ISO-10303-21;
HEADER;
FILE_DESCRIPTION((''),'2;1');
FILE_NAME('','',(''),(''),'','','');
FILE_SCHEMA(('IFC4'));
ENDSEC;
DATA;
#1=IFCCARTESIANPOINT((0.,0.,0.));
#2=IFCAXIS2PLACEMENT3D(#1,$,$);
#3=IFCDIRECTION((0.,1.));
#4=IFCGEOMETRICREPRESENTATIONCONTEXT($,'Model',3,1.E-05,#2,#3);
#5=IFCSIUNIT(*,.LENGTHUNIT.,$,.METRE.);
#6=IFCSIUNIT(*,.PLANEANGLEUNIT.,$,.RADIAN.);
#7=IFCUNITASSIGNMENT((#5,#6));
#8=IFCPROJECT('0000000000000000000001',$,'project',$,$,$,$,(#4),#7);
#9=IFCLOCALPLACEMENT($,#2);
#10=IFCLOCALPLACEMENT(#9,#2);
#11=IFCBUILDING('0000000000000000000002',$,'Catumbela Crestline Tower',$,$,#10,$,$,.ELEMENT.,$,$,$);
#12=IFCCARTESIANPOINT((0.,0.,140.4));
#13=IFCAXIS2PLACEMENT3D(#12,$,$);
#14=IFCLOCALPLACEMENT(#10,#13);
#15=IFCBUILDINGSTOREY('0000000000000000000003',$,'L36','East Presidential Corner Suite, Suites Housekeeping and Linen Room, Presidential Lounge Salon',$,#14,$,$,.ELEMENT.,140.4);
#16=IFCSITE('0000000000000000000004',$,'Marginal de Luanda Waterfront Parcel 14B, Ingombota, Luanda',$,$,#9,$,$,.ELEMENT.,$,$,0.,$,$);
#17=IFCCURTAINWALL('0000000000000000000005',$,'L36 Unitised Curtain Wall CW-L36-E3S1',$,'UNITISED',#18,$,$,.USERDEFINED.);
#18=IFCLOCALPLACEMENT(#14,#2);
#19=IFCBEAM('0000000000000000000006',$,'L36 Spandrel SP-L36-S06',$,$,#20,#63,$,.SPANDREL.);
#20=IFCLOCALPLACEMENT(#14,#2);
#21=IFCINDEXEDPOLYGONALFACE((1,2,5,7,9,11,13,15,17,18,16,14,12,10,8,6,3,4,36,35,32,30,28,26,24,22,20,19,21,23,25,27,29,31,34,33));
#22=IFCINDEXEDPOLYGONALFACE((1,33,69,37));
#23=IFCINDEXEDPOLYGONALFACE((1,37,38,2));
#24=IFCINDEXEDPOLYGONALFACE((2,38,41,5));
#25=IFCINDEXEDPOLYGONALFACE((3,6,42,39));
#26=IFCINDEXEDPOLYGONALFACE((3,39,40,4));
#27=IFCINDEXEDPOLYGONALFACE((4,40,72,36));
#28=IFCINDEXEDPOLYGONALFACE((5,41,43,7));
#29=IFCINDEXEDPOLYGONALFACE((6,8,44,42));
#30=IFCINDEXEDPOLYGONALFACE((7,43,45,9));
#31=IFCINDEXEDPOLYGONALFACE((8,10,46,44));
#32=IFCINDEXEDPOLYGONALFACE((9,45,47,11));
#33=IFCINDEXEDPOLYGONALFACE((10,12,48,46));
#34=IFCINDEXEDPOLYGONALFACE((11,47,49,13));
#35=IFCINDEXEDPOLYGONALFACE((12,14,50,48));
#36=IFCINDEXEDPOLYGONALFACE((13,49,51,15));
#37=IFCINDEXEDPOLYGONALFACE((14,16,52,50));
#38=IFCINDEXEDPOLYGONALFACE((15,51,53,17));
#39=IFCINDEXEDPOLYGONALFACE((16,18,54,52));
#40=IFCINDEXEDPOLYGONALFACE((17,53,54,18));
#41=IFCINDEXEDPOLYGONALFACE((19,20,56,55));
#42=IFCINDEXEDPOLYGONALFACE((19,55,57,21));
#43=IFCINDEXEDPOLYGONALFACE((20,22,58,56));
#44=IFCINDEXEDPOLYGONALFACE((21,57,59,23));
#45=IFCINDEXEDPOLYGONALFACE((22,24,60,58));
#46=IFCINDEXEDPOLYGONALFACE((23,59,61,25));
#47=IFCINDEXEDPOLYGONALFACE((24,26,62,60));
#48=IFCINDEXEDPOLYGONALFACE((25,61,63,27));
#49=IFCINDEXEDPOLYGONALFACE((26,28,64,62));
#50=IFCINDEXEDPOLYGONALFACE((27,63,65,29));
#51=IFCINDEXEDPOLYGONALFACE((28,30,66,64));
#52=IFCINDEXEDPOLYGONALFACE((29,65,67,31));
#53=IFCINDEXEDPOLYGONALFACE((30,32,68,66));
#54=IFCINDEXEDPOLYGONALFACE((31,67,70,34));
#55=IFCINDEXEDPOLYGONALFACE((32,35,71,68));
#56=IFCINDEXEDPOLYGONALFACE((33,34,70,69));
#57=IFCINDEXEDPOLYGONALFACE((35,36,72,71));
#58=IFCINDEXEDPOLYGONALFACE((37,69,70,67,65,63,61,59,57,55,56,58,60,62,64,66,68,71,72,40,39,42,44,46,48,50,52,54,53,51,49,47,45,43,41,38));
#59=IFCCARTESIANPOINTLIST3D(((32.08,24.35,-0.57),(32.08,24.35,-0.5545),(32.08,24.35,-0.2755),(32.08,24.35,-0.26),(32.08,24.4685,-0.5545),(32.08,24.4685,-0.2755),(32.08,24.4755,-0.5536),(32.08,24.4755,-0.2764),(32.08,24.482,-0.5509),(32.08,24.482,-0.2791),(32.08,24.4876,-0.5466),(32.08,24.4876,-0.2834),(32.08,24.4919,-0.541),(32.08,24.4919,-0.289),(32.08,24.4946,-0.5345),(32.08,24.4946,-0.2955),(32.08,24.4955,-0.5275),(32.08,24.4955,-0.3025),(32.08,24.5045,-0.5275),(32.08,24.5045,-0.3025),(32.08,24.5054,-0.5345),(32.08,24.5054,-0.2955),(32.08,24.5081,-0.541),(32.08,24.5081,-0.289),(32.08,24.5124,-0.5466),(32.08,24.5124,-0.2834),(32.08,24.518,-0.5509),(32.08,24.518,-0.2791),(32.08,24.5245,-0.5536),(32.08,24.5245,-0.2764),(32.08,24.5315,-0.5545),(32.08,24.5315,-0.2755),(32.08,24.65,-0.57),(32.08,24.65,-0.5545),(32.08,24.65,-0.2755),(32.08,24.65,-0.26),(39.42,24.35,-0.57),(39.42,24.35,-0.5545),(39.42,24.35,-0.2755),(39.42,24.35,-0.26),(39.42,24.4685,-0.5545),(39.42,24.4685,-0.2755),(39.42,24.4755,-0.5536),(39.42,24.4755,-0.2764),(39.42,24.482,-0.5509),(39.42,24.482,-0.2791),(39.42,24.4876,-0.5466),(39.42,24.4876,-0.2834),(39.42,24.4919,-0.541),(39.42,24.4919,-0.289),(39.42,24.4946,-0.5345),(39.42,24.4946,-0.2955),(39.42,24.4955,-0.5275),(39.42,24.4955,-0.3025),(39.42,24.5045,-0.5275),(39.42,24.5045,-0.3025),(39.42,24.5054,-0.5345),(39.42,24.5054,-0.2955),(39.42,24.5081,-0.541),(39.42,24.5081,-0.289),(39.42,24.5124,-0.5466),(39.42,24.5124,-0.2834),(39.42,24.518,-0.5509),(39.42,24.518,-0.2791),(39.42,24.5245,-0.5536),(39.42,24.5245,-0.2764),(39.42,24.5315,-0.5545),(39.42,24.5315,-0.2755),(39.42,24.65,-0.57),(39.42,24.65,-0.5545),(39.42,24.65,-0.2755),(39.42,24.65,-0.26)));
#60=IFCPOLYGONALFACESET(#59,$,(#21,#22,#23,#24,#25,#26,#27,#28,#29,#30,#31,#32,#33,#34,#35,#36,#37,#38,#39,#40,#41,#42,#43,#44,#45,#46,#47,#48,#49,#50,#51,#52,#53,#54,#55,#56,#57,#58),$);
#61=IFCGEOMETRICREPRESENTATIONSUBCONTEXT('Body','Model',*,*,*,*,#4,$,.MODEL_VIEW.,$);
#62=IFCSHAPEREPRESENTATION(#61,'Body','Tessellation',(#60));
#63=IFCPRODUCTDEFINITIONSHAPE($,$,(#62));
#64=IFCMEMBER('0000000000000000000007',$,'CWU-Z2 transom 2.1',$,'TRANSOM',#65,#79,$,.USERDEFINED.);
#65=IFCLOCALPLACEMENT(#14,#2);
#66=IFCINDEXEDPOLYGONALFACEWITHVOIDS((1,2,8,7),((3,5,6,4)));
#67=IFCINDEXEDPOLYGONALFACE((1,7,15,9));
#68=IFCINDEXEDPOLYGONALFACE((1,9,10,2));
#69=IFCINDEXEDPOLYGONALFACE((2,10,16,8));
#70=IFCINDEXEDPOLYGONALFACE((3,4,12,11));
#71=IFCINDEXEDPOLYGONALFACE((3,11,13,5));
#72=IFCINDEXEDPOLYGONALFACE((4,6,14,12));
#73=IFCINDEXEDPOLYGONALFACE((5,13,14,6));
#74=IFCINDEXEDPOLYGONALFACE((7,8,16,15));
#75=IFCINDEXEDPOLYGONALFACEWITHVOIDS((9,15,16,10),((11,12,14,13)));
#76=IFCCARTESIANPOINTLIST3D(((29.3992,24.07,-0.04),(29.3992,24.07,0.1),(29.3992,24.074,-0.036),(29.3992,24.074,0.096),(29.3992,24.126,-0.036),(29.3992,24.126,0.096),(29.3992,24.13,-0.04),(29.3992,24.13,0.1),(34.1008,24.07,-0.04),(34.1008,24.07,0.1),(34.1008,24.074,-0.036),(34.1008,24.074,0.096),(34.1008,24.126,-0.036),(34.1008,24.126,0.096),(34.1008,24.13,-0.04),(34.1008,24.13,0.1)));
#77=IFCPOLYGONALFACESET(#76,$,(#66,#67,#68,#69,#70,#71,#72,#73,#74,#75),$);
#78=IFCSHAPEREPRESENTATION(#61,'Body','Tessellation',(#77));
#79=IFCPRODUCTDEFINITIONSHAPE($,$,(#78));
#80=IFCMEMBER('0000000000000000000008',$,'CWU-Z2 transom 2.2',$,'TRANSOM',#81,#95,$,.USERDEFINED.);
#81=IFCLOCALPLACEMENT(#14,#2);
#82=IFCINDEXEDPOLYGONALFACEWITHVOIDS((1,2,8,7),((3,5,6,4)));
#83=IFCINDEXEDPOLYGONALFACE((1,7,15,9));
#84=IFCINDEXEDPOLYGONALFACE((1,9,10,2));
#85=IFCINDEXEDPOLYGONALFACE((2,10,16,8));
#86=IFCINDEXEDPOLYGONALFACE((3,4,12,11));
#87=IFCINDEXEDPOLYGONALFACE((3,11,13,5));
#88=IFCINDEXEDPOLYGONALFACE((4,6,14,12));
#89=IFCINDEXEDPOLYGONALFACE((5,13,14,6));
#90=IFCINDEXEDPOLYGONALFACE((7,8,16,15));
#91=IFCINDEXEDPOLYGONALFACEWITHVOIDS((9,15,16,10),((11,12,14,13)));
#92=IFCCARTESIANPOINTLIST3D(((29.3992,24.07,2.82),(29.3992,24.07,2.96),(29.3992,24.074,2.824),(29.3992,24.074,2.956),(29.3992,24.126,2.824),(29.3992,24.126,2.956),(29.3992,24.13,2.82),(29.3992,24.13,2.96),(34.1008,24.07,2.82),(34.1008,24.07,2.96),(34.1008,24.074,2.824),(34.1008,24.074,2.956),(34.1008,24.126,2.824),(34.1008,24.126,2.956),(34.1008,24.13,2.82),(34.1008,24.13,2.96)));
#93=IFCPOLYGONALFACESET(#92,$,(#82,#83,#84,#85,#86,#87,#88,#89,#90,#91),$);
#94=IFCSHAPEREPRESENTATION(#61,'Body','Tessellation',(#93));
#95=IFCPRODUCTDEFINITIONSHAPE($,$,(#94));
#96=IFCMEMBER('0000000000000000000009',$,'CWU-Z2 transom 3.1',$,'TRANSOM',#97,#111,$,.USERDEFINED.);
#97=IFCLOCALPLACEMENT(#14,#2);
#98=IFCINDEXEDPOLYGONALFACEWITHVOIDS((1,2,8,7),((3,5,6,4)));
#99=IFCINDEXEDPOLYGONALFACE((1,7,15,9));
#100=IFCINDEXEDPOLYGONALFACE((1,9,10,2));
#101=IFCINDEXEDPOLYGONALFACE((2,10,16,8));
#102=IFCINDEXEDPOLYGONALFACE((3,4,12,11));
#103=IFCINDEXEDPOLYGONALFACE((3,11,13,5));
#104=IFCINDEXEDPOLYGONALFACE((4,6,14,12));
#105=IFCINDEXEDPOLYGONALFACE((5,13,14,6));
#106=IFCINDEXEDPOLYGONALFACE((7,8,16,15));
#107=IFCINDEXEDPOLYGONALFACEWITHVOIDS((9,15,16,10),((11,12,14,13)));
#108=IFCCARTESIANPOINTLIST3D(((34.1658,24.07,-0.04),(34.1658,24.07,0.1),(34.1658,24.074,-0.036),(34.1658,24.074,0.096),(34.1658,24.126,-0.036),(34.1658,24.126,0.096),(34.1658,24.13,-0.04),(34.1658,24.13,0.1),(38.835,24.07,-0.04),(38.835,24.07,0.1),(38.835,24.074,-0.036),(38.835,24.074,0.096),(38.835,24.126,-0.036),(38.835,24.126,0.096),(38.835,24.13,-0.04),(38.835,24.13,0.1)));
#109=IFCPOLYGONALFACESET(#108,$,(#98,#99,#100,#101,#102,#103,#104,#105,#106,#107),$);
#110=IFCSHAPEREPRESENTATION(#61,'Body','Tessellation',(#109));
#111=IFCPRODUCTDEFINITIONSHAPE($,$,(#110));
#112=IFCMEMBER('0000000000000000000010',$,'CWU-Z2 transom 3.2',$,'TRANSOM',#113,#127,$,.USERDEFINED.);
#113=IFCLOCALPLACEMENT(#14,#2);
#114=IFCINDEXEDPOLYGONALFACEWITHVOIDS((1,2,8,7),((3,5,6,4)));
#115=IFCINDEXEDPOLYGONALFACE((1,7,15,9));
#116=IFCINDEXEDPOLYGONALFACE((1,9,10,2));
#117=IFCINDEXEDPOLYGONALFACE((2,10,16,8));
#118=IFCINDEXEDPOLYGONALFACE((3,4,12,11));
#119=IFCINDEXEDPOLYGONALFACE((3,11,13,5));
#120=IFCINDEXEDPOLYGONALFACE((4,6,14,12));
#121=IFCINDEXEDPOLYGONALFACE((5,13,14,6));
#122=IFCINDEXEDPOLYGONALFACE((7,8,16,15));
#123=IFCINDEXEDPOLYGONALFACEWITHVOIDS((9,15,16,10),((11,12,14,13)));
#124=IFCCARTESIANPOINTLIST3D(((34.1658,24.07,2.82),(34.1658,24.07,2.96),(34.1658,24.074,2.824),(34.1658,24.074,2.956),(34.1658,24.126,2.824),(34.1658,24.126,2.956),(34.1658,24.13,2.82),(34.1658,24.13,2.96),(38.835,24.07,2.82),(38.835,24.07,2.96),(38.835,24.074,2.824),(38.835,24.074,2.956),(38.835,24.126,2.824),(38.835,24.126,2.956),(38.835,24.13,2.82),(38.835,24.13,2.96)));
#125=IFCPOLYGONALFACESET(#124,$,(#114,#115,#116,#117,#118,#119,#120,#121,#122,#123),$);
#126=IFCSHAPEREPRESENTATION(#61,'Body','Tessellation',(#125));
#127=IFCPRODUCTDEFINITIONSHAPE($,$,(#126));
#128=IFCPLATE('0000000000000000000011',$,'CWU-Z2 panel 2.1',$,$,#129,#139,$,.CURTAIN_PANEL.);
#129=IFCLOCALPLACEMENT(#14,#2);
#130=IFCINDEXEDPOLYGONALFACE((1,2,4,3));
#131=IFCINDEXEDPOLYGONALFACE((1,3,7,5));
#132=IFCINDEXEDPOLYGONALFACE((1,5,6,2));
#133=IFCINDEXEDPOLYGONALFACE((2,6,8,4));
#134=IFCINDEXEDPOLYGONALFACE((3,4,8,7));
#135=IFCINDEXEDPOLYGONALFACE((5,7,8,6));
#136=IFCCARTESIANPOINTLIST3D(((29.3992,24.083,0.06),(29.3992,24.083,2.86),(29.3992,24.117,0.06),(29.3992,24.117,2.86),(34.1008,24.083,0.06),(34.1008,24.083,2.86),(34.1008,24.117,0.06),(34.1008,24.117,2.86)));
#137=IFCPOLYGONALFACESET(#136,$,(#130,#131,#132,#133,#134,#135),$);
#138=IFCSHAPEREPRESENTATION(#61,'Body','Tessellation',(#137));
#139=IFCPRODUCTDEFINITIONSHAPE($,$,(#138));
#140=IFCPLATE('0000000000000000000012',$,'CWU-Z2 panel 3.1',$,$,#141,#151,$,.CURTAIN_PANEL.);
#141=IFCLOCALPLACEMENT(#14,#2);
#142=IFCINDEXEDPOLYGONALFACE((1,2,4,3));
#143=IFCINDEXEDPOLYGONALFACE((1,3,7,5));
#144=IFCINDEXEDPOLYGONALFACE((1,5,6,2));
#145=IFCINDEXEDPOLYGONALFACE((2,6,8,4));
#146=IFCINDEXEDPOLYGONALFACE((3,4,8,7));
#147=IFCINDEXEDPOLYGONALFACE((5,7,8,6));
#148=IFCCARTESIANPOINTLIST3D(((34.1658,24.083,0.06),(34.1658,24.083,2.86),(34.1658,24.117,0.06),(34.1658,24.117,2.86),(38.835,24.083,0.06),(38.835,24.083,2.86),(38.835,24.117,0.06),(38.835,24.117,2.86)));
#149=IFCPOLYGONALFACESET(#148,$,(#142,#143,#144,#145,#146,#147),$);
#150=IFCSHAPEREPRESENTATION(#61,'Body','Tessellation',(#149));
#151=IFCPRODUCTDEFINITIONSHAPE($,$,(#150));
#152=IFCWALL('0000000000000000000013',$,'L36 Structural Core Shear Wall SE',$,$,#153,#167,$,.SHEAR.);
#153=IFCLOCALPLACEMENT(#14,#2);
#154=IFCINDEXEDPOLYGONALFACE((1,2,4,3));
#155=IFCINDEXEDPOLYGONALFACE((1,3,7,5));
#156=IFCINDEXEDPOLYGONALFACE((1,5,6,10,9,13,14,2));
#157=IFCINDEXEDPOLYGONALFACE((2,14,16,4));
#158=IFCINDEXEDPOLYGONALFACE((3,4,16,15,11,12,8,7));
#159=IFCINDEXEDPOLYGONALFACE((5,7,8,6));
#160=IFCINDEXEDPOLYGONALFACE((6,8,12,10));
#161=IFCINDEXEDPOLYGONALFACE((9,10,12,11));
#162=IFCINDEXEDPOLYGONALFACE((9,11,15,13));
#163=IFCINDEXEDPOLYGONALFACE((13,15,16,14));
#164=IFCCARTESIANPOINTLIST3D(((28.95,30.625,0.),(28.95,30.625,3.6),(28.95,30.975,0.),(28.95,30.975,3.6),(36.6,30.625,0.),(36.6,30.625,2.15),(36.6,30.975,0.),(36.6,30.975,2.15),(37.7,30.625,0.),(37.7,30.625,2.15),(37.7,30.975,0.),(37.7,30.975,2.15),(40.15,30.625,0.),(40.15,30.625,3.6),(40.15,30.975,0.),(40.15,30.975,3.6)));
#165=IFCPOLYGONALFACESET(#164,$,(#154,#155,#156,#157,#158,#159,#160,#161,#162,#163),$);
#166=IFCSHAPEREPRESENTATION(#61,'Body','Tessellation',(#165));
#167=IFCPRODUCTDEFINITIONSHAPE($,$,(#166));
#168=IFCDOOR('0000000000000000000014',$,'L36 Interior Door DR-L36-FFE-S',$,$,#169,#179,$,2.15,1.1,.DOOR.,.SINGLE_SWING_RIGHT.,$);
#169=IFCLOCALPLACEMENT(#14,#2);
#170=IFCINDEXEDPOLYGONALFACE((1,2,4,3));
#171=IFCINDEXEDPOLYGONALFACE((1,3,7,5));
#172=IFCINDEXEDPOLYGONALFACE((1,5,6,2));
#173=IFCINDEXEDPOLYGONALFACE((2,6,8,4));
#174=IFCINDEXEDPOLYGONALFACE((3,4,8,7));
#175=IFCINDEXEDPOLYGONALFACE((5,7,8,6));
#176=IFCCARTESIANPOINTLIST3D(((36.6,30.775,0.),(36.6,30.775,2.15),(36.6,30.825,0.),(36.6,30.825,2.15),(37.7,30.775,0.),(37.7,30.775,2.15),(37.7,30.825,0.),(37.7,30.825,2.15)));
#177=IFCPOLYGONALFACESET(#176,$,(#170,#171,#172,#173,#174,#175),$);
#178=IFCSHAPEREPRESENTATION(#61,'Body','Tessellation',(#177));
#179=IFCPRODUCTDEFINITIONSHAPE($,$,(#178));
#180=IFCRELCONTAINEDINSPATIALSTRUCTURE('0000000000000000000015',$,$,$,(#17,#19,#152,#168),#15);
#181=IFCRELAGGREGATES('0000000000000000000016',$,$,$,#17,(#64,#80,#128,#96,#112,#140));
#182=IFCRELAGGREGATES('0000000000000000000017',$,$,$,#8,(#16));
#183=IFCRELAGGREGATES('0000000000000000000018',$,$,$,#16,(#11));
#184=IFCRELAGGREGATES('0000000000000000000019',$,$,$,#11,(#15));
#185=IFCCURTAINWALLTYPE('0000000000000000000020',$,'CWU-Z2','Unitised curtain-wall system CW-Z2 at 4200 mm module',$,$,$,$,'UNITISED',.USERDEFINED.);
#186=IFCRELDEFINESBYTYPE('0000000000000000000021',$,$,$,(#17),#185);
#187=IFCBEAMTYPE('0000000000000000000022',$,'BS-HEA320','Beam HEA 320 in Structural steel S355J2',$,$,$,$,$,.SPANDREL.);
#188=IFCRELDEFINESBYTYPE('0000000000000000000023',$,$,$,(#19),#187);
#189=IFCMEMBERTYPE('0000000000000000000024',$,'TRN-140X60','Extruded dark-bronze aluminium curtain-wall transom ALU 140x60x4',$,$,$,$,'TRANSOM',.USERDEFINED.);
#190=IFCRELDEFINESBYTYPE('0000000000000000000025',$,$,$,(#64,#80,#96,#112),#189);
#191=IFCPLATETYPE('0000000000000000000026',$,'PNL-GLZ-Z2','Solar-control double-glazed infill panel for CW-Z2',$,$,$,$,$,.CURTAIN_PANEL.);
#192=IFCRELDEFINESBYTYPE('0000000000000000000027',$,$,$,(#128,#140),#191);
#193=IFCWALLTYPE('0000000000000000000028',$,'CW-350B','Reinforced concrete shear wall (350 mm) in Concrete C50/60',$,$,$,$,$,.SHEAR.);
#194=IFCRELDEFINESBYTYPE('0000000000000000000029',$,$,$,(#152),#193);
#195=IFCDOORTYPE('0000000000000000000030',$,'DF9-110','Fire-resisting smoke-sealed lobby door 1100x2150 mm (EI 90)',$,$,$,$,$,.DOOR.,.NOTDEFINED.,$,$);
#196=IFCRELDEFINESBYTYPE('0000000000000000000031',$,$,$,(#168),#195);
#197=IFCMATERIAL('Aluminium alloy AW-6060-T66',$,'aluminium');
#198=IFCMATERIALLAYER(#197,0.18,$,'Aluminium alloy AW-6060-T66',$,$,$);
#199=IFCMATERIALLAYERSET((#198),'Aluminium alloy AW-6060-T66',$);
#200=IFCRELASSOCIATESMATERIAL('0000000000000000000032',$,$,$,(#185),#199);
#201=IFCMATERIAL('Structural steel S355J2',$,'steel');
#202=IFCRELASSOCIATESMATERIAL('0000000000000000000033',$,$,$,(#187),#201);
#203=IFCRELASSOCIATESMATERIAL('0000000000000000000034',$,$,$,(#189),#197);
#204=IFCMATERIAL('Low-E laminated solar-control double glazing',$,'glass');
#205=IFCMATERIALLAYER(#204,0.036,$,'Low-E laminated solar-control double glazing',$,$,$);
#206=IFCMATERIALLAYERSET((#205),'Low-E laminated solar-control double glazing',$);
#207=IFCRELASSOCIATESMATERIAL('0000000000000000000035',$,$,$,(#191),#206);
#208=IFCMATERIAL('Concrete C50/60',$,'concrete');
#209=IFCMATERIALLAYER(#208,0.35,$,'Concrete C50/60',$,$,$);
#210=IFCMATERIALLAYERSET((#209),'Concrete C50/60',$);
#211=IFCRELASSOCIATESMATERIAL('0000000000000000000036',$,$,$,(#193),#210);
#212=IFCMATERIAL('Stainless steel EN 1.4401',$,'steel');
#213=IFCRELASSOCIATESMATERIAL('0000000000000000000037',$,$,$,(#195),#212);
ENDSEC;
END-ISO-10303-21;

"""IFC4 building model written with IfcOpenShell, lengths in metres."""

from ifc_helpers import new_model, si_unit, direction, frame, frame_2d, origin, origin_2d, place, context, subcontext, project, spatial, rectangle, hollow_rectangle, i_section, extrude, material, layer, layer_set, material_profile, profile_set, type_object, element, fill, aggregate, save


model = new_model("IFC4")

# Units and contexts
model_context = context("Model", 3, precision=1e-05, world=origin(), true_north=direction((0.0, 1.0)))
body_context = subcontext(model_context, "Body", "Model", "MODEL_VIEW")
ifc_project = project(units=[si_unit("LENGTHUNIT", "METRE"), si_unit("PLANEANGLEUNIT", "RADIAN")], contexts=[model_context])

# Site, building, storey
site_placement = place(None, origin())
site = spatial("IfcSite", under=ifc_project, at=site_placement, Name="Marginal de Luanda Waterfront Parcel 14B, Ingombota, Luanda", CompositionType="ELEMENT", RefElevation=0.0)
building_placement = place(site_placement, origin())
building = spatial("IfcBuilding", under=site, at=building_placement, Name="Catumbela Crestline Tower", CompositionType="ELEMENT")
storey_placement = place(building_placement, frame((0.0, 0.0, 140.4)))
storey = spatial("IfcBuildingStorey", under=building, at=storey_placement, Name="L36", Description="East Presidential Corner Suite, Suites Housekeeping and Linen Room, Presidential Lounge Salon", CompositionType="ELEMENT", Elevation=140.4)

# Shared definitions
ifc_material_1 = material(Name="Structural steel S355J2", Category="steel")

# Curtain wall
ifc_material_2 = material(Name="Aluminium alloy AW-6060-T66", Category="aluminium")
ifc_layer_1 = layer(ifc_material_2, 0.18, Name="Aluminium alloy AW-6060-T66")
ifc_layer_set_1 = layer_set([ifc_layer_1], Name="Aluminium alloy AW-6060-T66")
curtain_wall_type = type_object("IfcCurtainWallType", Name="CWU-Z2", Description="Unitised curtain-wall system CW-Z2 at 4200 mm module", ElementType="UNITISED", PredefinedType="USERDEFINED", material=ifc_layer_set_1)
curtain_wall_placement = place(storey_placement, origin())
curtain_wall = element("IfcCurtainWall", 1, at=curtain_wall_placement, inside=storey, type_object=curtain_wall_type, Name="L36 Unitised Curtain Wall CW-L36-E3S1", ObjectType="UNITISED", PredefinedType="USERDEFINED")

# Beam
ifc_material_profile_1 = material_profile(ifc_material_1, i_section(OverallWidth=0.3, OverallDepth=0.31, WebThickness=0.009, FlangeThickness=0.0155, FilletRadius=0.027, at=origin_2d()), Name="HEA 320")
ifc_profile_set_1 = profile_set([ifc_material_profile_1], Name="Structural steel S355J2")
beam_type_1 = type_object("IfcBeamType", Name="BS-HEA320", Description="Beam HEA 320 in Structural steel S355J2", PredefinedType="SPANDREL", material=ifc_profile_set_1)
beam_placement = place(storey_placement, frame((32.08, 24.5, -0.415), z_axis=(1.0, 0.0, 0.0), x_axis=(0.0, 1.0, 0.0)))
element("IfcBeam", 2, at=beam_placement, inside=storey, type_object=beam_type_1, Name="L36 Spandrel SP-L36-S06", PredefinedType="SPANDREL", context=body_context, shape_type="SweptSolid", body=[
    extrude(i_section(OverallWidth=0.3, OverallDepth=0.31, WebThickness=0.009, FlangeThickness=0.0155, FilletRadius=0.027, at=origin_2d()), origin(), (0.0, 0.0, 1.0), 7.34),
])

# Members
ifc_material_profile_2 = material_profile(ifc_material_2, hollow_rectangle(XDim=0.06, YDim=0.14, WallThickness=0.004, at=origin_2d()), Name="ALU 140x60x4")
ifc_profile_set_2 = profile_set([ifc_material_profile_2], Name="Aluminium alloy AW-6060-T66")
member_type_1 = type_object("IfcMemberType", Name="TRN-140X60", Description="Extruded dark-bronze aluminium curtain-wall transom ALU 140x60x4", ElementType="TRANSOM", PredefinedType="USERDEFINED", material=ifc_profile_set_2)
member_1_placement = place(storey_placement, frame((29.3992, 24.1, 0.03), z_axis=(1.0, 0.0, 0.0), x_axis=(0.0, 1.0, 0.0)))
member_1 = element("IfcMember", 3, at=member_1_placement, type_object=member_type_1, Name="CWU-Z2 transom 2.1", ObjectType="TRANSOM", PredefinedType="USERDEFINED", context=body_context, shape_type="SweptSolid", body=[
    extrude(hollow_rectangle(XDim=0.06, YDim=0.14, WallThickness=0.004, at=origin_2d()), origin(), (0.0, 0.0, 1.0), 4.7016),
])
member_2_placement = place(storey_placement, frame((29.3992, 24.1, 2.89), z_axis=(1.0, 0.0, 0.0), x_axis=(0.0, 1.0, 0.0)))
member_2 = element("IfcMember", 4, at=member_2_placement, type_object=member_type_1, Name="CWU-Z2 transom 2.2", ObjectType="TRANSOM", PredefinedType="USERDEFINED", context=body_context, shape_type="SweptSolid", body=[
    extrude(hollow_rectangle(XDim=0.06, YDim=0.14, WallThickness=0.004, at=origin_2d()), origin(), (0.0, 0.0, 1.0), 4.7016),
])
member_3_placement = place(storey_placement, frame((34.1658, 24.1, 0.03), z_axis=(1.0, 0.0, 0.0), x_axis=(0.0, 1.0, 0.0)))
member_3 = element("IfcMember", 5, at=member_3_placement, type_object=member_type_1, Name="CWU-Z2 transom 3.1", ObjectType="TRANSOM", PredefinedType="USERDEFINED", context=body_context, shape_type="SweptSolid", body=[
    extrude(hollow_rectangle(XDim=0.06, YDim=0.14, WallThickness=0.004, at=origin_2d()), origin(), (0.0, 0.0, 1.0), 4.6692),
])
member_4_placement = place(storey_placement, frame((34.1658, 24.1, 2.89), z_axis=(1.0, 0.0, 0.0), x_axis=(0.0, 1.0, 0.0)))
member_4 = element("IfcMember", 6, at=member_4_placement, type_object=member_type_1, Name="CWU-Z2 transom 3.2", ObjectType="TRANSOM", PredefinedType="USERDEFINED", context=body_context, shape_type="SweptSolid", body=[
    extrude(hollow_rectangle(XDim=0.06, YDim=0.14, WallThickness=0.004, at=origin_2d()), origin(), (0.0, 0.0, 1.0), 4.6692),
])

# Plates
ifc_material_3 = material(Name="Low-E laminated solar-control double glazing", Category="glass")
ifc_layer_2 = layer(ifc_material_3, 0.036, Name="Low-E laminated solar-control double glazing")
ifc_layer_set_2 = layer_set([ifc_layer_2], Name="Low-E laminated solar-control double glazing")
plate_type = type_object("IfcPlateType", Name="PNL-GLZ-Z2", Description="Solar-control double-glazed infill panel for CW-Z2", PredefinedType="CURTAIN_PANEL", material=ifc_layer_set_2)
plate_1_placement = place(storey_placement, frame((31.75, 24.1, 0.06), z_axis=(0.0, 0.0, 1.0), x_axis=(1.0, 0.0, 0.0)))
plate_1 = element("IfcPlate", 7, at=plate_1_placement, type_object=plate_type, Name="CWU-Z2 panel 2.1", PredefinedType="CURTAIN_PANEL", context=body_context, shape_type="SweptSolid", body=[
    extrude(rectangle(XDim=4.7017, YDim=0.034, at=origin_2d()), origin(), (0.0, 0.0, 1.0), 2.8),
])
plate_2_placement = place(storey_placement, frame((36.5004, 24.1, 0.06), z_axis=(0.0, 0.0, 1.0), x_axis=(1.0, 0.0, 0.0)))
plate_2 = element("IfcPlate", 8, at=plate_2_placement, type_object=plate_type, Name="CWU-Z2 panel 3.1", PredefinedType="CURTAIN_PANEL", context=body_context, shape_type="SweptSolid", body=[
    extrude(rectangle(XDim=4.6692, YDim=0.034, at=origin_2d()), origin(), (0.0, 0.0, 1.0), 2.8),
])
aggregate(curtain_wall, [member_1, member_2, plate_1, member_3, member_4, plate_2])

# Wall, opening, door
ifc_material_4 = material(Name="Concrete C50/60", Category="concrete")
ifc_layer_3 = layer(ifc_material_4, 0.35, Name="Concrete C50/60")
ifc_layer_set_3 = layer_set([ifc_layer_3], Name="Concrete C50/60")
wall_type_1 = type_object("IfcWallType", Name="CW-350B", Description="Reinforced concrete shear wall (350 mm) in Concrete C50/60", PredefinedType="SHEAR", material=ifc_layer_set_3)
wall_1_placement = place(storey_placement, frame((28.95, 30.8, 0.0), z_axis=(0.0, 0.0, 1.0), x_axis=(1.0, 0.0, 0.0)))
wall_1 = element("IfcWall", 9, at=wall_1_placement, inside=storey, type_object=wall_type_1, Name="L36 Structural Core Shear Wall SE", PredefinedType="SHEAR", context=body_context, shape_type="SweptSolid", body=[
    extrude(rectangle(XDim=11.2, YDim=0.35, at=frame_2d((5.6, 0.0))), origin(), (0.0, 0.0, 1.0), 3.6),
])
opening_1_placement = place(wall_1_placement, frame((7.65, 0.0, 0.0)))
opening_1 = element("IfcOpeningElement", 10, at=opening_1_placement, cuts=wall_1, PredefinedType="OPENING", context=body_context, shape_type="SweptSolid", body=[
    extrude(rectangle(XDim=1.1, YDim=2.15, at=frame_2d((0.55, 1.075))), frame((0.0, 0.185, 0.0), z_axis=(0.0, -1.0, 0.0), x_axis=(1.0, 0.0, 0.0)), (0.0, 0.0, 1.0), 0.37),
])
ifc_material_5 = material(Name="Stainless steel EN 1.4401", Category="steel")
door_type_1 = type_object("IfcDoorType", Name="DF9-110", Description="Fire-resisting smoke-sealed lobby door 1100x2150 mm (EI 90)", OperationType="NOTDEFINED", PredefinedType="DOOR", material=ifc_material_5)
door_1_placement = place(opening_1_placement, origin())
door_1 = element("IfcDoor", 11, at=door_1_placement, inside=storey, type_object=door_type_1, Name="L36 Interior Door DR-L36-FFE-S", OperationType="SINGLE_SWING_RIGHT", OverallHeight=2.15, OverallWidth=1.1, PredefinedType="DOOR", context=body_context, shape_type="SweptSolid", body=[
    extrude(rectangle(XDim=1.1, YDim=2.15, at=frame_2d((0.55, 1.075))), frame((0.0, 0.025, 0.0), z_axis=(0.0, -1.0, 0.0), x_axis=(1.0, 0.0, 0.0)), (0.0, 0.0, 1.0), 0.05),
])
fill(opening_1, door_1)

save(model, "model.ifc")
